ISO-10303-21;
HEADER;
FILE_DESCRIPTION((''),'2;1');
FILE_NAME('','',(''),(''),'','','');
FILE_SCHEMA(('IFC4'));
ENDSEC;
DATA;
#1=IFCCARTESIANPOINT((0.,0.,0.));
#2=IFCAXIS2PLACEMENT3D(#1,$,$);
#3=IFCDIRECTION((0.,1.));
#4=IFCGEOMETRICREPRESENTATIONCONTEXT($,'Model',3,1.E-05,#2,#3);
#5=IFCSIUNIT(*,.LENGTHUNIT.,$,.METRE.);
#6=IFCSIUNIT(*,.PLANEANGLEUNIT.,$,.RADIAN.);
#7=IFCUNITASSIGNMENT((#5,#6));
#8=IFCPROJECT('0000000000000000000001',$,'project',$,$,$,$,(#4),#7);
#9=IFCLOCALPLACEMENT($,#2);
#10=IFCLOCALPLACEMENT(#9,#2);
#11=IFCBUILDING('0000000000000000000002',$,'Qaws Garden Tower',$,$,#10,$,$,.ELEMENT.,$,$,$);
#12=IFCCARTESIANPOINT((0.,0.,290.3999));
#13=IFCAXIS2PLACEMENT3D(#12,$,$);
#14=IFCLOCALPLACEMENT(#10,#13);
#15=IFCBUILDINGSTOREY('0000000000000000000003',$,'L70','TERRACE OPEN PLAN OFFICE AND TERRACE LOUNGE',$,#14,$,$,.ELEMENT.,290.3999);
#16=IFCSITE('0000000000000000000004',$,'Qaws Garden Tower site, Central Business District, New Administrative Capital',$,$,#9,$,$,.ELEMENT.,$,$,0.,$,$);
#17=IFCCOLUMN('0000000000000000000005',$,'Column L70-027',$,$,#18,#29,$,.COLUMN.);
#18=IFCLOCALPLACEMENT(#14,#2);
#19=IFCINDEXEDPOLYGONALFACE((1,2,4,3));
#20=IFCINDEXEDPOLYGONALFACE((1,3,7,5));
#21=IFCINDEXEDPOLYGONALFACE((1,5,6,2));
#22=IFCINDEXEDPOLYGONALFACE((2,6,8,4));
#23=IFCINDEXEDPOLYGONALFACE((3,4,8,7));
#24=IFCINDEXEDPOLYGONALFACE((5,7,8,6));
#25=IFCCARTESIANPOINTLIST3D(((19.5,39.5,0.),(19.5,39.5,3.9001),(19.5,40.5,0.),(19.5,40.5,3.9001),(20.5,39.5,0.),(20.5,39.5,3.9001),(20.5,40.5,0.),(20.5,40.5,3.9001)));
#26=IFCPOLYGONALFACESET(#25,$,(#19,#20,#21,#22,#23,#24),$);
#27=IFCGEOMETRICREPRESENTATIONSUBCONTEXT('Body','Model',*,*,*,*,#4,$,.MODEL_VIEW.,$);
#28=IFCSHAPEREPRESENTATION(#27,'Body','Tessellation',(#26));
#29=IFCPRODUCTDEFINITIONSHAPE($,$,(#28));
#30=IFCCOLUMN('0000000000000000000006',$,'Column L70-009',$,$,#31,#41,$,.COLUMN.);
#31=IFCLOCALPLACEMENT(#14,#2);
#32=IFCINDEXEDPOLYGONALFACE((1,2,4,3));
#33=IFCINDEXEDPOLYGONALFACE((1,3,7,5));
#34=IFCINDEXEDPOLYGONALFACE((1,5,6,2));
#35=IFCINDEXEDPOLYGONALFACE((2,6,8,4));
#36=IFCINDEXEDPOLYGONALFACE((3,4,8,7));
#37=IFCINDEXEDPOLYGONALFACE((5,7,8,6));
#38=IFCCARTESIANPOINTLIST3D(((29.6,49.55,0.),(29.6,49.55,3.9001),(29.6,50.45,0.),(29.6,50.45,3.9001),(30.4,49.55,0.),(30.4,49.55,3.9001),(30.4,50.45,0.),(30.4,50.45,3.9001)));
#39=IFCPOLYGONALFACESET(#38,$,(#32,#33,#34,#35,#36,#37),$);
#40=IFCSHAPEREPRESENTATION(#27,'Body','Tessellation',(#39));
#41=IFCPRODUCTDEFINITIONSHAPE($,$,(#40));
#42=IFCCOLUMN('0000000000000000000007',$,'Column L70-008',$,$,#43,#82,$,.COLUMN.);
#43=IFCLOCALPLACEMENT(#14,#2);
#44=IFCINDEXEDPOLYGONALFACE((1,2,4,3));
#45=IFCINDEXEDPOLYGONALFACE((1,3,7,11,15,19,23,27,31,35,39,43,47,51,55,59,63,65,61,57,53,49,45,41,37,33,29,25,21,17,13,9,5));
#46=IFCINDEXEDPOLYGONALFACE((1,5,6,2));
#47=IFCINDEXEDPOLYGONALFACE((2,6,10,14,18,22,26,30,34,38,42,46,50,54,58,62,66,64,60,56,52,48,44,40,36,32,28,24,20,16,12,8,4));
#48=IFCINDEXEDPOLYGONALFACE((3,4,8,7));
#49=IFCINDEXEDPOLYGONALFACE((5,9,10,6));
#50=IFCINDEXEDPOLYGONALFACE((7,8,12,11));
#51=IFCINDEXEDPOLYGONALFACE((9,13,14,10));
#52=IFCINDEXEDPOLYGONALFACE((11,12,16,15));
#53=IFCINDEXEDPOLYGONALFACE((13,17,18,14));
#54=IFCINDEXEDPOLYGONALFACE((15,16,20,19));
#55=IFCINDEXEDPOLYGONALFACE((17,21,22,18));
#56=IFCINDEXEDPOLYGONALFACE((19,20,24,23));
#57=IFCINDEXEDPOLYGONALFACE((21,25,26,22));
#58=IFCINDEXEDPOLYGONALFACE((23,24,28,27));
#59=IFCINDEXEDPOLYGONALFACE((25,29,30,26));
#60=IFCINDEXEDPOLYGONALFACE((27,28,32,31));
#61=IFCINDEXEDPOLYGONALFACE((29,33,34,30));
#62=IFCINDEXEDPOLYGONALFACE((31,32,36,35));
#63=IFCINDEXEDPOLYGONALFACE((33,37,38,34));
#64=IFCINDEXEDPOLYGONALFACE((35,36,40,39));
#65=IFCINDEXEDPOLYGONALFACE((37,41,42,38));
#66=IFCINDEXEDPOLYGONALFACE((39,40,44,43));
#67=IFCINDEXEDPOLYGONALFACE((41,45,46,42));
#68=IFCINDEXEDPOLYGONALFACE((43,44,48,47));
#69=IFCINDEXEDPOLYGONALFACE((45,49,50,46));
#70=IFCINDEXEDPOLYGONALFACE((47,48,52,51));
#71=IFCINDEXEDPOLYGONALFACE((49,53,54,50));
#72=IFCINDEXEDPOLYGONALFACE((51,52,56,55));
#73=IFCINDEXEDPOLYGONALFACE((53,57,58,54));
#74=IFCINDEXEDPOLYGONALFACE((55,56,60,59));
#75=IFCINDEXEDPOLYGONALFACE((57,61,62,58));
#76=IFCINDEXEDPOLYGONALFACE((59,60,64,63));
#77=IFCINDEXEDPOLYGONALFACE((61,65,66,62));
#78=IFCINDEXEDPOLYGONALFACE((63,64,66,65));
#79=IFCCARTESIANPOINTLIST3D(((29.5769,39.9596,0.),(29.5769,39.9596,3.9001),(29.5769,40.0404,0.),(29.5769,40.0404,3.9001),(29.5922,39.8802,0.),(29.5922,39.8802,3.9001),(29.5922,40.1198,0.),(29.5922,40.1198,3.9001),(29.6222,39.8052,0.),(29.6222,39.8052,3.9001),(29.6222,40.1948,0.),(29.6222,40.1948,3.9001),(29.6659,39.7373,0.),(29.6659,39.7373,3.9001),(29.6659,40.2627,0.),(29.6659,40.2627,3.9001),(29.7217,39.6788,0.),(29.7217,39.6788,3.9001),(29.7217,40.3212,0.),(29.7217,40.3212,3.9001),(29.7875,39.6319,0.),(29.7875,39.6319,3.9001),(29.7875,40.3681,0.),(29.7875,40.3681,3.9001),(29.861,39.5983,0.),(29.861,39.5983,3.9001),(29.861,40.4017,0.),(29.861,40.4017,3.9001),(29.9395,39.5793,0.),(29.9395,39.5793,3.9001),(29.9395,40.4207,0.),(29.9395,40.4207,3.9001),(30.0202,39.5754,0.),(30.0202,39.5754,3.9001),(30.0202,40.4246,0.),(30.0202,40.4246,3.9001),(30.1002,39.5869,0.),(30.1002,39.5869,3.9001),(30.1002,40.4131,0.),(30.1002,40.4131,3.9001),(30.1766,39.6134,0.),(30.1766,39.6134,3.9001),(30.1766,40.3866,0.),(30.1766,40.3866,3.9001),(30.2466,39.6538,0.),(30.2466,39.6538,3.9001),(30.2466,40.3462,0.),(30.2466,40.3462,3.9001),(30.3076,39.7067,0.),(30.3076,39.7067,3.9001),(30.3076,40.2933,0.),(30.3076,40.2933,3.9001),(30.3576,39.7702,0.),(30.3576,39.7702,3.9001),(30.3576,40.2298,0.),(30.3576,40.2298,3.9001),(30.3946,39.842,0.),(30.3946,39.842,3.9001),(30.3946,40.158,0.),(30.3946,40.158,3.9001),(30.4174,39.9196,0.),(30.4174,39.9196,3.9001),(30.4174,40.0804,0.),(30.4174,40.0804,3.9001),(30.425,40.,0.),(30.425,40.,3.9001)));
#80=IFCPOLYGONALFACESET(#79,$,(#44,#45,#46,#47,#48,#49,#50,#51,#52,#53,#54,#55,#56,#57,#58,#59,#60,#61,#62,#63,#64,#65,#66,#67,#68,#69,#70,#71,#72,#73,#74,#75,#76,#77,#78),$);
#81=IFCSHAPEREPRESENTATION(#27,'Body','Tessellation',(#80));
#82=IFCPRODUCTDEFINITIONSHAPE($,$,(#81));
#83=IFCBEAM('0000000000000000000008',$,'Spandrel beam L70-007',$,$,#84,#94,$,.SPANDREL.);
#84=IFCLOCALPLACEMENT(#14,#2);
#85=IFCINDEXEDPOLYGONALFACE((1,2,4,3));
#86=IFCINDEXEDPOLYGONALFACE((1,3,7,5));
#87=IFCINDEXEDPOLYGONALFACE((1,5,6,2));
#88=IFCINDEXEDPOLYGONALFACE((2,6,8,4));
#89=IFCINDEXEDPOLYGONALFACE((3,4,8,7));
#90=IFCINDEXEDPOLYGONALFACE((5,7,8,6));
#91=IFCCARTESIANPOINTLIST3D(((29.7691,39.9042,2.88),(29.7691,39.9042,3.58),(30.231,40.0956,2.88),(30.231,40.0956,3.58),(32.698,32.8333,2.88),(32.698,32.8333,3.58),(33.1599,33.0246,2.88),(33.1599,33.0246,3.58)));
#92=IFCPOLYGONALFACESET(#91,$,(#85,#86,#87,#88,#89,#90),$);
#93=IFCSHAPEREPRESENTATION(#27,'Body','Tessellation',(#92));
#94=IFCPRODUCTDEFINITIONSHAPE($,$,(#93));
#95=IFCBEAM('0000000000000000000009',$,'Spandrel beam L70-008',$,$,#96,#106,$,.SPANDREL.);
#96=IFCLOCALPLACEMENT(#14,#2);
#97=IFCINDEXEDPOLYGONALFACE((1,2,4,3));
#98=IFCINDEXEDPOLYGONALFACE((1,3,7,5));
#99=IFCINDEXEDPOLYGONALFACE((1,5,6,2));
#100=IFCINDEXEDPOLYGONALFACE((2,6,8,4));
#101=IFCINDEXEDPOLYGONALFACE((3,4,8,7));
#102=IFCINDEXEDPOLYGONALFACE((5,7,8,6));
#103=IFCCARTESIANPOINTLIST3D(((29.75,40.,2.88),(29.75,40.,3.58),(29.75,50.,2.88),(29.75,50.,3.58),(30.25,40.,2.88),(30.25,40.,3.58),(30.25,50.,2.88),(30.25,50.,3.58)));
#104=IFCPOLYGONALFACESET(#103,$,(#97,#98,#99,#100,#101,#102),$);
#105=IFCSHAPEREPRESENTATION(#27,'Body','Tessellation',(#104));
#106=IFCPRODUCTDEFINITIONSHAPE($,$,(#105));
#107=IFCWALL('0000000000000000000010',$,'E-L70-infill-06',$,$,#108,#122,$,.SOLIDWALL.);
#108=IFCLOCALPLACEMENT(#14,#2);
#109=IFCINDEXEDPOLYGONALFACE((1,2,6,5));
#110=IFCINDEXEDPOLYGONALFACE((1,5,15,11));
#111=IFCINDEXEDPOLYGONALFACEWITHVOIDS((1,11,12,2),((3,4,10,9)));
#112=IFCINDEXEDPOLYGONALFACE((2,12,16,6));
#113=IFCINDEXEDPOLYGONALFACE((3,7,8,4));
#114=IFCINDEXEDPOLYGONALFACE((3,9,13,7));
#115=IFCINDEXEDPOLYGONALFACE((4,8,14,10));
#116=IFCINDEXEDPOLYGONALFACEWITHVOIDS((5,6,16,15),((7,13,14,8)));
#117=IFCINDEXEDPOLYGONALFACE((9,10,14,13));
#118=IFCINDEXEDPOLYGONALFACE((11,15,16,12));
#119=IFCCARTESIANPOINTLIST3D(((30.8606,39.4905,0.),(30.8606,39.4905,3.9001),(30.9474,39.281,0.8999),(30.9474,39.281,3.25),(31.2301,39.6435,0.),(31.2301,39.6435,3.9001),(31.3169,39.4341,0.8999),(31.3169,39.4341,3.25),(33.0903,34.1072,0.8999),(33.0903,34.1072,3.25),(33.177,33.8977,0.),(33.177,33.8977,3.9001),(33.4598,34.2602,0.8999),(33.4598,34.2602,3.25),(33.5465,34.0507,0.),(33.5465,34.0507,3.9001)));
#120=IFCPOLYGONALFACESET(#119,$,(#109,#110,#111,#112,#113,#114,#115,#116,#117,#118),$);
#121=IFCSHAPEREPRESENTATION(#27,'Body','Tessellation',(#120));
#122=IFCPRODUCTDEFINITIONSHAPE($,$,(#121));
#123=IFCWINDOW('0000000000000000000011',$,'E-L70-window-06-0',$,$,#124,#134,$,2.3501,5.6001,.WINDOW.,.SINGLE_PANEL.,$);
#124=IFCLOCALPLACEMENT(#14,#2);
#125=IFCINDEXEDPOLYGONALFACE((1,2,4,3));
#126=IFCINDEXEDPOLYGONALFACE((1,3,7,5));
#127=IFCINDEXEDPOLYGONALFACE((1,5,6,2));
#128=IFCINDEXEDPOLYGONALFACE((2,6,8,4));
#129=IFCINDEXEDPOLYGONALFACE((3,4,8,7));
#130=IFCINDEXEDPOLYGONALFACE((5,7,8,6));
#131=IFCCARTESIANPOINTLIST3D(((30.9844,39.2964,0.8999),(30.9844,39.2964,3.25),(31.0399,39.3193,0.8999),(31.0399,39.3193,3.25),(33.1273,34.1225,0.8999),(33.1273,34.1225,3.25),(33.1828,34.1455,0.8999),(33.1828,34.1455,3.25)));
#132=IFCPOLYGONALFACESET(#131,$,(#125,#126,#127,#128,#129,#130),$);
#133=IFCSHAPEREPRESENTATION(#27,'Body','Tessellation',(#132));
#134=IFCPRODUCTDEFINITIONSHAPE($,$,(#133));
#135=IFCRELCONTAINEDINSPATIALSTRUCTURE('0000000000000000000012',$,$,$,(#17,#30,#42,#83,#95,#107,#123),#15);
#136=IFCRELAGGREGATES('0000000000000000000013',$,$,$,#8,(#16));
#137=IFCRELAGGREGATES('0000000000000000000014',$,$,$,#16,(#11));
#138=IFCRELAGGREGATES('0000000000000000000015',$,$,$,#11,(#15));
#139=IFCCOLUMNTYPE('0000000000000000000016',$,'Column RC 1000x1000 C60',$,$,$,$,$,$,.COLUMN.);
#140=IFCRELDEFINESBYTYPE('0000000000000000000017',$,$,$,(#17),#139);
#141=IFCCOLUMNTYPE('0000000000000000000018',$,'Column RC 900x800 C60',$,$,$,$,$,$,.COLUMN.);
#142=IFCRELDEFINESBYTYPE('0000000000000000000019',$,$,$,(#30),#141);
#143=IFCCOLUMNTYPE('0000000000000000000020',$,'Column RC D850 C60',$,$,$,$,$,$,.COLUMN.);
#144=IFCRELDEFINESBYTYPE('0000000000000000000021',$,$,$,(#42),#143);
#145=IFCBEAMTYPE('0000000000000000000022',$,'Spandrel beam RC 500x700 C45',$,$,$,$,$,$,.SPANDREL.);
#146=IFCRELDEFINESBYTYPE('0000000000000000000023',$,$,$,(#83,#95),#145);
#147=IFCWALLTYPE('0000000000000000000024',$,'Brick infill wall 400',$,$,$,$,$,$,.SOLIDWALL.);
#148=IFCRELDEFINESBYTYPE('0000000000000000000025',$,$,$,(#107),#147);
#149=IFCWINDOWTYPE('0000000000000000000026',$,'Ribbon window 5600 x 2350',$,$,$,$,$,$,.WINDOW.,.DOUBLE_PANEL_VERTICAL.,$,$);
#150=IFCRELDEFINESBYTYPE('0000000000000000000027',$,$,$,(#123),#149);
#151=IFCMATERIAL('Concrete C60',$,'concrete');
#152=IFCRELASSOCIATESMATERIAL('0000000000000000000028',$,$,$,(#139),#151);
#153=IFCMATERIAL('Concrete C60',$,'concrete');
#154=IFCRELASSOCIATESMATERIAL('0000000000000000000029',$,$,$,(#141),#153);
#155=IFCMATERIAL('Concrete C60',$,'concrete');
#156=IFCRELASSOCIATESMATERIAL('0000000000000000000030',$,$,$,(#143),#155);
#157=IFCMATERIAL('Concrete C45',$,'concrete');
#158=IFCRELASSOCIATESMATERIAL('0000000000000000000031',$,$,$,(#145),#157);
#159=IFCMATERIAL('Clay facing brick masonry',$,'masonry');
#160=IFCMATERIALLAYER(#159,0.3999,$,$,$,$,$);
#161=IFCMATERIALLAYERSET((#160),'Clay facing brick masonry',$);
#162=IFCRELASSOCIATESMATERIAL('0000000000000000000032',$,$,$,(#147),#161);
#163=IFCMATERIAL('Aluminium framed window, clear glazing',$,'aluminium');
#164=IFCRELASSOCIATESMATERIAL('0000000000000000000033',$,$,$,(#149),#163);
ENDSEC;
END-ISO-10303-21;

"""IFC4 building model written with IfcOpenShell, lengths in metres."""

from ifc_helpers import new_model, si_unit, direction, frame, frame_2d, origin, origin_2d, place, context, subcontext, project, spatial, rectangle, circle, extrude, material, layer, layer_set, material_profile, profile_set, type_object, element, fill, save


model = new_model("IFC4")

# Units and contexts
model_context = context("Model", 3, precision=1e-05, world=origin(), true_north=direction((0.0, 1.0)))
body_context = subcontext(model_context, "Body", "Model", "MODEL_VIEW")
ifc_project = project(units=[si_unit("LENGTHUNIT", "METRE"), si_unit("PLANEANGLEUNIT", "RADIAN")], contexts=[model_context])

# Site, building, storey
site_placement = place(None, origin())
site = spatial("IfcSite", under=ifc_project, at=site_placement, Name="Qaws Garden Tower site, Central Business District, New Administrative Capital", CompositionType="ELEMENT", RefElevation=0.0)
building_placement = place(site_placement, origin())
building = spatial("IfcBuilding", under=site, at=building_placement, Name="Qaws Garden Tower", CompositionType="ELEMENT")
storey_placement = place(building_placement, frame((0.0, 0.0, 290.3999)))
storey = spatial("IfcBuildingStorey", under=building, at=storey_placement, Name="L70", Description="TERRACE OPEN PLAN OFFICE AND TERRACE LOUNGE", CompositionType="ELEMENT", Elevation=290.3999)

# Columns
ifc_material_1 = material(Name="Concrete C60", Category="concrete")
ifc_material_profile_1 = material_profile(ifc_material_1, rectangle(XDim=1.0, YDim=1.0, at=origin_2d()), Name="RC 1000x1000")
ifc_profile_set_1 = profile_set([ifc_material_profile_1], Name="Concrete C60")
column_type_1 = type_object("IfcColumnType", Name="Column RC 1000x1000 C60", PredefinedType="COLUMN", material=ifc_profile_set_1)
column_1_placement = place(storey_placement, frame((20.0, 40.0, 0.0), z_axis=(0.0, 0.0, 1.0), x_axis=(1.0, 0.0, 0.0)))
element("IfcColumn", 1, at=column_1_placement, inside=storey, type_object=column_type_1, Name="Column L70-027", PredefinedType="COLUMN", context=body_context, shape_type="SweptSolid", body=[
    extrude(rectangle(XDim=1.0, YDim=1.0, at=origin_2d()), origin(), (0.0, 0.0, 1.0), 3.9001),
])
ifc_material_2 = material(Name="Concrete C60", Category="concrete")
ifc_material_profile_2 = material_profile(ifc_material_2, rectangle(XDim=0.8999, YDim=0.8, at=origin_2d()), Name="RC 900x800")
ifc_profile_set_2 = profile_set([ifc_material_profile_2], Name="Concrete C60")
column_type_2 = type_object("IfcColumnType", Name="Column RC 900x800 C60", PredefinedType="COLUMN", material=ifc_profile_set_2)
column_2_placement = place(storey_placement, frame((30.0, 50.0, 0.0), z_axis=(0.0, 0.0, 1.0), x_axis=(0.0, 1.0, 0.0)))
element("IfcColumn", 2, at=column_2_placement, inside=storey, type_object=column_type_2, Name="Column L70-009", PredefinedType="COLUMN", context=body_context, shape_type="SweptSolid", body=[
    extrude(rectangle(XDim=0.8999, YDim=0.8, at=origin_2d()), origin(), (0.0, 0.0, 1.0), 3.9001),
])
ifc_material_3 = material(Name="Concrete C60", Category="concrete")
ifc_material_profile_3 = material_profile(ifc_material_3, circle(Radius=0.425, at=origin_2d()), Name="RC D850")
ifc_profile_set_3 = profile_set([ifc_material_profile_3], Name="Concrete C60")
column_type_3 = type_object("IfcColumnType", Name="Column RC D850 C60", PredefinedType="COLUMN", material=ifc_profile_set_3)
column_3_placement = place(storey_placement, frame((30.0, 40.0, 0.0), z_axis=(0.0, 0.0, 1.0), x_axis=(1.0, 0.0, 0.0)))
element("IfcColumn", 3, at=column_3_placement, inside=storey, type_object=column_type_3, Name="Column L70-008", PredefinedType="COLUMN", context=body_context, shape_type="SweptSolid", body=[
    extrude(circle(Radius=0.425, at=origin_2d()), origin(), (0.0, 0.0, 1.0), 3.9001),
])

# Beams
ifc_material_4 = material(Name="Concrete C45", Category="concrete")
ifc_material_profile_4 = material_profile(ifc_material_4, rectangle(XDim=0.5, YDim=0.7, at=origin_2d()), Name="RC 500x700")
ifc_profile_set_4 = profile_set([ifc_material_profile_4], Name="Concrete C45")
beam_type = type_object("IfcBeamType", Name="Spandrel beam RC 500x700 C45", PredefinedType="SPANDREL", material=ifc_profile_set_4)
beam_1_placement = place(storey_placement, frame((32.929, 32.929, 3.23), z_axis=(-0.382687, 0.923878, 0.0), x_axis=(-0.923878, -0.382687, 0.0)))
element("IfcBeam", 4, at=beam_1_placement, inside=storey, type_object=beam_type, Name="Spandrel beam L70-007", PredefinedType="SPANDREL", context=body_context, shape_type="SweptSolid", body=[
    extrude(rectangle(XDim=0.5, YDim=0.7, at=origin_2d()), origin(), (0.0, 0.0, 1.0), 7.6536),
])
beam_2_placement = place(storey_placement, frame((30.0, 40.0, 3.23), z_axis=(0.0, 1.0, 0.0), x_axis=(-1.0, 0.0, 0.0)))
element("IfcBeam", 5, at=beam_2_placement, inside=storey, type_object=beam_type, Name="Spandrel beam L70-008", PredefinedType="SPANDREL", context=body_context, shape_type="SweptSolid", body=[
    extrude(rectangle(XDim=0.5, YDim=0.7, at=origin_2d()), origin(), (0.0, 0.0, 1.0), 10.0),
])

# Wall, opening, window
ifc_material_5 = material(Name="Clay facing brick masonry", Category="masonry")
ifc_layer_1 = layer(ifc_material_5, 0.3999)
ifc_layer_set_1 = layer_set([ifc_layer_1], Name="Clay facing brick masonry")
wall_type_1 = type_object("IfcWallType", Name="Brick infill wall 400", PredefinedType="SOLIDWALL", material=ifc_layer_set_1)
wall_1_placement = place(storey_placement, frame((33.3618, 33.9741, 0.0), z_axis=(0.0, 0.0, 1.0), x_axis=(-0.382656, 0.923891, 0.0)))
wall_1 = element("IfcWall", 6, at=wall_1_placement, inside=storey, type_object=wall_type_1, Name="E-L70-infill-06", PredefinedType="SOLIDWALL", context=body_context, shape_type="SweptSolid", body=[
    extrude(rectangle(XDim=6.0535, YDim=0.3999, at=frame_2d((3.0269, 0.0))), origin(), (0.0, 0.0, 1.0), 3.9001),
])
opening_1_placement = place(wall_1_placement, frame((0.2268, 0.0, 0.8999)))
opening_1 = element("IfcOpeningElement", 7, at=opening_1_placement, cuts=wall_1, PredefinedType="OPENING", context=body_context, shape_type="SweptSolid", body=[
    extrude(rectangle(XDim=5.6001, YDim=2.3501, at=frame_2d((2.8, 1.175))), frame((0.0, 0.21, 0.0), z_axis=(0.0, -1.0, 0.0), x_axis=(1.0, 0.0, 0.0)), (0.0, 0.0, 1.0), 0.4199),
])
ifc_material_6 = material(Name="Aluminium framed window, clear glazing", Category="aluminium")
window_type_1 = type_object("IfcWindowType", Name="Ribbon window 5600 x 2350", PartitioningType="DOUBLE_PANEL_VERTICAL", PredefinedType="WINDOW", material=ifc_material_6)
window_1_placement = place(opening_1_placement, origin())
window_1 = element("IfcWindow", 8, at=window_1_placement, inside=storey, type_object=window_type_1, Name="E-L70-window-06-0", OverallHeight=2.3501, OverallWidth=5.6001, PartitioningType="SINGLE_PANEL", PredefinedType="WINDOW", context=body_context, shape_type="SweptSolid", body=[
    extrude(rectangle(XDim=5.6001, YDim=2.3501, at=frame_2d((2.8, 1.175))), frame((0.0, 0.1599, 0.0), z_axis=(0.0, -1.0, 0.0), x_axis=(1.0, 0.0, 0.0)), (0.0, 0.0, 1.0), 0.0601),
])
fill(opening_1, window_1)

save(model, "model.ifc")
